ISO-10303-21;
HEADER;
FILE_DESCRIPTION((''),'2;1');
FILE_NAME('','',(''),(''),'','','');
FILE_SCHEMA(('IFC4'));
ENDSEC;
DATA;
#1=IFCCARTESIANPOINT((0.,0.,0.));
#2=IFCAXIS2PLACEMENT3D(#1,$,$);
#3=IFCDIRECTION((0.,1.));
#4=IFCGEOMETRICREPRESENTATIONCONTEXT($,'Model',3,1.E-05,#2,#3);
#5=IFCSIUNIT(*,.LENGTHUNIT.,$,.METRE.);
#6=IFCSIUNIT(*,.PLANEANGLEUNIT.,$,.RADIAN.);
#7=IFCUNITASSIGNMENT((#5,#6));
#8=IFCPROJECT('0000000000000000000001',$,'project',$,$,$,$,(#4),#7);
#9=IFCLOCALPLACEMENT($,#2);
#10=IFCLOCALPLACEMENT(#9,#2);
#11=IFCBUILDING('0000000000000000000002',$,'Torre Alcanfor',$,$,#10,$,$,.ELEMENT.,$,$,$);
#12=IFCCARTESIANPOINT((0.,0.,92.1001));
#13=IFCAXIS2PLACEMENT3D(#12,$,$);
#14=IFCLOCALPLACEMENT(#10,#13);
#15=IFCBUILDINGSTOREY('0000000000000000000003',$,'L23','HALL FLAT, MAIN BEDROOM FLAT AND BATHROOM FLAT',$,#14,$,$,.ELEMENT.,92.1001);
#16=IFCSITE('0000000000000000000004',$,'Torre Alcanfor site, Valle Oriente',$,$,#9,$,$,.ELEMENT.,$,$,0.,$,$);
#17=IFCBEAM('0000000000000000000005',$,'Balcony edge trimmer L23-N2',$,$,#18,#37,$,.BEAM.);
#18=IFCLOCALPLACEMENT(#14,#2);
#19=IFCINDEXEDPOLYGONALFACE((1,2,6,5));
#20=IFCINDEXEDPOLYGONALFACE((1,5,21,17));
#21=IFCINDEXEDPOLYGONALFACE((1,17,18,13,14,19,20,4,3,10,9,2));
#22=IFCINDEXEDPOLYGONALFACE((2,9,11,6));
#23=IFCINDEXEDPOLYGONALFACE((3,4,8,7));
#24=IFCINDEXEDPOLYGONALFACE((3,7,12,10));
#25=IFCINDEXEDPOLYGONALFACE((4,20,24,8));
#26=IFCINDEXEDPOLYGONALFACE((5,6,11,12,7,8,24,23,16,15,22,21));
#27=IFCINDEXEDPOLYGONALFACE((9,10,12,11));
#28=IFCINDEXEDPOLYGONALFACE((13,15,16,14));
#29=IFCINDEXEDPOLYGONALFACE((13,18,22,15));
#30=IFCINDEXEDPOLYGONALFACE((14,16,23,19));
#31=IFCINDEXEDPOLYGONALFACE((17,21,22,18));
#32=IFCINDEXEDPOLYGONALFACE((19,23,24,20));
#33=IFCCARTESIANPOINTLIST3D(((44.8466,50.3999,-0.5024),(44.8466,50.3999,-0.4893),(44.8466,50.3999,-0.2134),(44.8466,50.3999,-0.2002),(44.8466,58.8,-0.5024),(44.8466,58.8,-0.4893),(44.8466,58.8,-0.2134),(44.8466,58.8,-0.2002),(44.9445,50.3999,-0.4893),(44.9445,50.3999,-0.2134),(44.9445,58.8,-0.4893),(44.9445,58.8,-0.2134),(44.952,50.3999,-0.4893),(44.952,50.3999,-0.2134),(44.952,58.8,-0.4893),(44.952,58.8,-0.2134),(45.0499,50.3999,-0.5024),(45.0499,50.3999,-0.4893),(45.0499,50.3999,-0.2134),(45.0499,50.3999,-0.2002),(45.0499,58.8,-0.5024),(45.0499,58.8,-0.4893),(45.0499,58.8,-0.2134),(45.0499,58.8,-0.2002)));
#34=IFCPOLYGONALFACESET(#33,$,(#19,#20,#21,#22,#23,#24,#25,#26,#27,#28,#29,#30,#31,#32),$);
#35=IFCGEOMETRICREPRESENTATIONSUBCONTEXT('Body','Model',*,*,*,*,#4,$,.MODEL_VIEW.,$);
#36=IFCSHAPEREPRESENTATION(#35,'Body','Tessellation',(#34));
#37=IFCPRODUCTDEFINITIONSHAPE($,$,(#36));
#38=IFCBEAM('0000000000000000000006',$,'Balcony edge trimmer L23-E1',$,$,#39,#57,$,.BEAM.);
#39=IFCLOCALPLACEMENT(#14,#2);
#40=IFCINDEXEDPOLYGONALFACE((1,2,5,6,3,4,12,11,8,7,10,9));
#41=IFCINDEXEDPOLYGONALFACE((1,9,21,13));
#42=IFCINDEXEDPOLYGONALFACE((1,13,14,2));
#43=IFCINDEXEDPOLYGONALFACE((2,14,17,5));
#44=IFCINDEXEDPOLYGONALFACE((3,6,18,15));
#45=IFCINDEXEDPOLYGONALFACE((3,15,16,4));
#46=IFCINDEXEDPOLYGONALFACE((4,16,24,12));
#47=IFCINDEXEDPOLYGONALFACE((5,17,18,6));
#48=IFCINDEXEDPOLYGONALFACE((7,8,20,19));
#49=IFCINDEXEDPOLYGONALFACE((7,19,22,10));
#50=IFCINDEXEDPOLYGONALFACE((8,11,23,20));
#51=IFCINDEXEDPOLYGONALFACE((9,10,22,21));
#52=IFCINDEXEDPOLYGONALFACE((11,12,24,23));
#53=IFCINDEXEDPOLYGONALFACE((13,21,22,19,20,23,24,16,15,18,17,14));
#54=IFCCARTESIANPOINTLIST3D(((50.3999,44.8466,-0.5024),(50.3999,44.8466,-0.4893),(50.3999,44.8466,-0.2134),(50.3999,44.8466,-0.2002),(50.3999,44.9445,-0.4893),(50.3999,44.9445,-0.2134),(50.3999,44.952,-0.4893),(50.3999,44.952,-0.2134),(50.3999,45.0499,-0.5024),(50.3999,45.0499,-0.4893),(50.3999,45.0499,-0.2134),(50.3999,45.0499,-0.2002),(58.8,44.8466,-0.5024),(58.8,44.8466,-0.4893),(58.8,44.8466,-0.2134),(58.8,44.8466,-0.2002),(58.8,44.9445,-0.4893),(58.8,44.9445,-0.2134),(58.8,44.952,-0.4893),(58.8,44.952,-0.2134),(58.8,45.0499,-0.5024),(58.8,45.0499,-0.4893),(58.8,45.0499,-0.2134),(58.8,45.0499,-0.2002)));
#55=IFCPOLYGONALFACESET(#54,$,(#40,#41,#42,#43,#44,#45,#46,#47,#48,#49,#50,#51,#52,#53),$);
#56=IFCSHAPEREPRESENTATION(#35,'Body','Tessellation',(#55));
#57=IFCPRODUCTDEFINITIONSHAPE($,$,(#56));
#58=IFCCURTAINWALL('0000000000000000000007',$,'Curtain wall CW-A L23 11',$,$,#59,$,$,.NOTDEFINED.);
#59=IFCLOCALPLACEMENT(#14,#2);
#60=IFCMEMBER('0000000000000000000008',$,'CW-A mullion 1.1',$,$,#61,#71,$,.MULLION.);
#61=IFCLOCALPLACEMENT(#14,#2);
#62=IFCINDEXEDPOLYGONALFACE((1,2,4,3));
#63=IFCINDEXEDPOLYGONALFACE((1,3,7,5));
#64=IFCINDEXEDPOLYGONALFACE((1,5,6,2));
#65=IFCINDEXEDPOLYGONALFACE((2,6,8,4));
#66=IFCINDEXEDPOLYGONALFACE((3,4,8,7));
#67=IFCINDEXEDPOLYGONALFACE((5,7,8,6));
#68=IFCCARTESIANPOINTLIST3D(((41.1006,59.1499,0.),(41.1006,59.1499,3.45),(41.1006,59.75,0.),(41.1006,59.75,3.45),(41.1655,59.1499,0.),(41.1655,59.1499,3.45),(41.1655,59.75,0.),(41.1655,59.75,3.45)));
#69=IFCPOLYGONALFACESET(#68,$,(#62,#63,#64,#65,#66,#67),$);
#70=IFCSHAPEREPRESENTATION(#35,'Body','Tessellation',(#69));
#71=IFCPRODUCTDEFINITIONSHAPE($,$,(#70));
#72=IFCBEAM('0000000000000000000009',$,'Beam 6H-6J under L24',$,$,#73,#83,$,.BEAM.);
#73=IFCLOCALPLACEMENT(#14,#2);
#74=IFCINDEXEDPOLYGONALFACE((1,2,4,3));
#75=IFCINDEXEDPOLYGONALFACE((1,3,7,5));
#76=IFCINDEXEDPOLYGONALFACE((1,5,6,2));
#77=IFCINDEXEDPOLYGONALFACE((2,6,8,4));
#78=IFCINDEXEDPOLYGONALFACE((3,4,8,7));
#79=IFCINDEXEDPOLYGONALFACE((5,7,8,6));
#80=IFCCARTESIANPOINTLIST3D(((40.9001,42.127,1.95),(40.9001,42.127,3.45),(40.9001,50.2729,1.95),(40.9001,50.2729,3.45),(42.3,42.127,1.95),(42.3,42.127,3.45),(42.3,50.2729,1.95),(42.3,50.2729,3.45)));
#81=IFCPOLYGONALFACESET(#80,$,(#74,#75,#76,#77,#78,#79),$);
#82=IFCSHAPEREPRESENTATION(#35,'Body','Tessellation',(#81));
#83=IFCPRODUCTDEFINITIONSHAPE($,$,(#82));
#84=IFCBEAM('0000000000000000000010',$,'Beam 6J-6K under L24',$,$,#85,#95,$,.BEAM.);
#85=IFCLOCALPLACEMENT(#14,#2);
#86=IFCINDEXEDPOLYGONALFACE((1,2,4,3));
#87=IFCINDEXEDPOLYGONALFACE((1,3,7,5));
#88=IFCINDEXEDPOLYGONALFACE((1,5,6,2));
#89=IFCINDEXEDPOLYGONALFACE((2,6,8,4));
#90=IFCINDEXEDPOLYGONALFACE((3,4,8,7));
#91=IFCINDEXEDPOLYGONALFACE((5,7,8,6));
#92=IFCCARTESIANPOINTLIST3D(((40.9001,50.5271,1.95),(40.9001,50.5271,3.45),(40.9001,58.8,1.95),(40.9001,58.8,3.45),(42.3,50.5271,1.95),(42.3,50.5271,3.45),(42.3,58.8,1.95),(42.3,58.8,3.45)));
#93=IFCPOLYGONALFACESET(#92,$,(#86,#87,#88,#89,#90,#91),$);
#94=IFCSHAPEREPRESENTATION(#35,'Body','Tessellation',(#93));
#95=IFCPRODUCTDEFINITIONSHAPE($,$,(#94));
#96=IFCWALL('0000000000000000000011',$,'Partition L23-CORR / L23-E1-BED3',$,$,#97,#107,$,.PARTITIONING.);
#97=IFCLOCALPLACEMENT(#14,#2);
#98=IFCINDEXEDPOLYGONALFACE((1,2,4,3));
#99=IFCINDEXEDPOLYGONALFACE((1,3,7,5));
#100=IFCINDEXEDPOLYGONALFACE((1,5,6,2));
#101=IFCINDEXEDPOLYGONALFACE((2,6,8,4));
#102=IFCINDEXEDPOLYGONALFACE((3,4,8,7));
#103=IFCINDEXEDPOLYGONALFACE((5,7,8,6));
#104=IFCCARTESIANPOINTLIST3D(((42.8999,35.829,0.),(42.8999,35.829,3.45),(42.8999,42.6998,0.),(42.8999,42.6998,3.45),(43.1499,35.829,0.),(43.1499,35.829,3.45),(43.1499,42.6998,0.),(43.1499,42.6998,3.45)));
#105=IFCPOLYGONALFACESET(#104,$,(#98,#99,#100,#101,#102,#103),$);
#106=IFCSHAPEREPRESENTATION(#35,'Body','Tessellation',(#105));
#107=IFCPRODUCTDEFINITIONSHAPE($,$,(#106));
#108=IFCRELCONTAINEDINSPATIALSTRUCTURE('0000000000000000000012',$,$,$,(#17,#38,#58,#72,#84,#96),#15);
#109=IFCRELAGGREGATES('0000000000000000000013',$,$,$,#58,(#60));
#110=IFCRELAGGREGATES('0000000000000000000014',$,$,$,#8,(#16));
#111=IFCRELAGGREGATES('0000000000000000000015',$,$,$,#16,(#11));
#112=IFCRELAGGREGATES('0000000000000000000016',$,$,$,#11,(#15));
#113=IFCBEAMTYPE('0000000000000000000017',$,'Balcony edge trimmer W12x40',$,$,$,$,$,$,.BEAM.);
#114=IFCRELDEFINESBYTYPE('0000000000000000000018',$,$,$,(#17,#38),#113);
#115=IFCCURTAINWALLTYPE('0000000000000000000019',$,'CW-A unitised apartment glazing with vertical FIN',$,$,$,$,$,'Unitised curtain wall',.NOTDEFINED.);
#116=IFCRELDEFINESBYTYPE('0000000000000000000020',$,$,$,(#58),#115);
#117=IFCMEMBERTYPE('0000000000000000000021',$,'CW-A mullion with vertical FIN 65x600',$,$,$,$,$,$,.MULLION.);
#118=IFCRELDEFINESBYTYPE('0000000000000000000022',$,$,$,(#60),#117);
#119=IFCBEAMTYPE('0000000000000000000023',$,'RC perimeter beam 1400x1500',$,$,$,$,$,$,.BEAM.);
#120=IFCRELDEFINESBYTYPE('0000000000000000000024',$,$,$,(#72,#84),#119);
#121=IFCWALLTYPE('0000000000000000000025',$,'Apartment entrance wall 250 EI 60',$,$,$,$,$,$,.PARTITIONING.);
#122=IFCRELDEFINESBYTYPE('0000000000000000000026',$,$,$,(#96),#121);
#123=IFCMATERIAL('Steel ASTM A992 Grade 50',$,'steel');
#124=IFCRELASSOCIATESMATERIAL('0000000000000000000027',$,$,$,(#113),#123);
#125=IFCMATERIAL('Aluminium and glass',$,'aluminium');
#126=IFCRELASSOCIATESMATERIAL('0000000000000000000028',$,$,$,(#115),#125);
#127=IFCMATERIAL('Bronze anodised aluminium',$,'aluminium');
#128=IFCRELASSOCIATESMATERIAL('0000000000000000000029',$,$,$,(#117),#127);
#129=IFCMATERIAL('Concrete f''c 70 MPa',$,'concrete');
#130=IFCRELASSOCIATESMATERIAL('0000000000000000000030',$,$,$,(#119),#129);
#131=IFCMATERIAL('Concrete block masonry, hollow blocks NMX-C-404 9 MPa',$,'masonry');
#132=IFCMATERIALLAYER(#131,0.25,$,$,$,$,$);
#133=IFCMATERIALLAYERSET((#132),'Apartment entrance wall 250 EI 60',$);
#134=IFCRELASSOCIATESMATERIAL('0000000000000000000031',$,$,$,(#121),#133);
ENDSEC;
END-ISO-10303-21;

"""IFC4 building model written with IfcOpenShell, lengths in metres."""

from ifc_helpers import new_model, si_unit, direction, frame, frame_2d, origin, origin_2d, place, context, subcontext, project, spatial, rectangle, i_section, extrude, material, layer, layer_set, material_profile, profile_set, type_object, element, aggregate, save


model = new_model("IFC4")

# Units and contexts
model_context = context("Model", 3, precision=1e-05, world=origin(), true_north=direction((0.0, 1.0)))
body_context = subcontext(model_context, "Body", "Model", "MODEL_VIEW")
ifc_project = project(units=[si_unit("LENGTHUNIT", "METRE"), si_unit("PLANEANGLEUNIT", "RADIAN")], contexts=[model_context])

# Site, building, storey
site_placement = place(None, origin())
site = spatial("IfcSite", under=ifc_project, at=site_placement, Name="Torre Alcanfor site, Valle Oriente", CompositionType="ELEMENT", RefElevation=0.0)
building_placement = place(site_placement, origin())
building = spatial("IfcBuilding", under=site, at=building_placement, Name="Torre Alcanfor", CompositionType="ELEMENT")
storey_placement = place(building_placement, frame((0.0, 0.0, 92.1001)))
storey = spatial("IfcBuildingStorey", under=building, at=storey_placement, Name="L23", Description="HALL FLAT, MAIN BEDROOM FLAT AND BATHROOM FLAT", CompositionType="ELEMENT", Elevation=92.1001)

# Beams
ifc_material_1 = material(Name="Steel ASTM A992 Grade 50", Category="steel")
ifc_material_profile_1 = material_profile(ifc_material_1, i_section(OverallWidth=0.2034, OverallDepth=0.3022, WebThickness=0.0076, FlangeThickness=0.0132, at=origin_2d()), Name="W12x40")
ifc_profile_set_1 = profile_set([ifc_material_profile_1], Name="Steel ASTM A992 Grade 50")
beam_type_1 = type_object("IfcBeamType", Name="Balcony edge trimmer W12x40", PredefinedType="BEAM", material=ifc_profile_set_1)
for number, where, z_axis, x_axis, name in (
    (1, (44.9482, 50.3999, -0.3513), (0.0, 1.0, 0.0), (-1.0, 0.0, 0.0), "Balcony edge trimmer L23-N2"),
    (2, (50.3999, 44.9482, -0.3513), (1.0, 0.0, 0.0), (0.0, 1.0, 0.0), "Balcony edge trimmer L23-E1"),
):
    element("IfcBeam", number, at=place(storey_placement, frame(where, z_axis=z_axis, x_axis=x_axis)), inside=storey, type_object=beam_type_1, Name=name, PredefinedType="BEAM", context=body_context, shape_type="SweptSolid", body=[
        extrude(i_section(OverallWidth=0.2034, OverallDepth=0.3022, WebThickness=0.0076, FlangeThickness=0.0132, at=origin_2d()), origin(), (0.0, 0.0, 1.0), 8.4001),
    ])

# Curtain wall, member
ifc_material_2 = material(Name="Aluminium and glass", Category="aluminium")
curtain_wall_type = type_object("IfcCurtainWallType", Name="CW-A unitised apartment glazing with vertical FIN", ElementType="Unitised curtain wall", PredefinedType="NOTDEFINED", material=ifc_material_2)
curtain_wall_placement = place(storey_placement, origin())
curtain_wall = element("IfcCurtainWall", 3, at=curtain_wall_placement, inside=storey, type_object=curtain_wall_type, Name="Curtain wall CW-A L23 11", PredefinedType="NOTDEFINED")
ifc_material_3 = material(Name="Bronze anodised aluminium", Category="aluminium")
ifc_material_profile_2 = material_profile(ifc_material_3, rectangle(XDim=0.6001, YDim=0.0649, at=origin_2d()), Name="CW-A mullion 65x600")
ifc_profile_set_2 = profile_set([ifc_material_profile_2], Name="Bronze anodised aluminium")
member_type = type_object("IfcMemberType", Name="CW-A mullion with vertical FIN 65x600", PredefinedType="MULLION", material=ifc_profile_set_2)
member_placement = place(storey_placement, frame((41.1331, 59.45, 0.0), z_axis=(0.0, 0.0, 1.0), x_axis=(0.0, -1.0, 0.0)))
member = element("IfcMember", 4, at=member_placement, type_object=member_type, Name="CW-A mullion 1.1", PredefinedType="MULLION", context=body_context, shape_type="SweptSolid", body=[
    extrude(rectangle(XDim=0.6001, YDim=0.0649, at=origin_2d()), origin(), (0.0, 0.0, 1.0), 3.45),
])
aggregate(curtain_wall, [member])

# Beams
ifc_material_4 = material(Name="Concrete f'c 70 MPa", Category="concrete")
ifc_material_profile_3 = material_profile(ifc_material_4, rectangle(XDim=1.3999, YDim=1.5, at=origin_2d()), Name="1400x1500")
ifc_profile_set_3 = profile_set([ifc_material_profile_3], Name="Concrete f'c 70 MPa")
beam_type_2 = type_object("IfcBeamType", Name="RC perimeter beam 1400x1500", PredefinedType="BEAM", material=ifc_profile_set_3)
beam_1_placement = place(storey_placement, frame((41.6001, 42.127, 2.7), z_axis=(0.0, 1.0, 0.0), x_axis=(-1.0, 0.0, 0.0)))
element("IfcBeam", 5, at=beam_1_placement, inside=storey, type_object=beam_type_2, Name="Beam 6H-6J under L24", PredefinedType="BEAM", context=body_context, shape_type="SweptSolid", body=[
    extrude(rectangle(XDim=1.3999, YDim=1.5, at=origin_2d()), origin(), (0.0, 0.0, 1.0), 8.146),
])
beam_2_placement = place(storey_placement, frame((41.6001, 50.5271, 2.7), z_axis=(0.0, 1.0, 0.0), x_axis=(-1.0, 0.0, 0.0)))
element("IfcBeam", 6, at=beam_2_placement, inside=storey, type_object=beam_type_2, Name="Beam 6J-6K under L24", PredefinedType="BEAM", context=body_context, shape_type="SweptSolid", body=[
    extrude(rectangle(XDim=1.3999, YDim=1.5, at=origin_2d()), origin(), (0.0, 0.0, 1.0), 8.2729),
])

# Wall
ifc_material_5 = material(Name="Concrete block masonry, hollow blocks NMX-C-404 9 MPa", Category="masonry")
ifc_layer_1 = layer(ifc_material_5, 0.25)
ifc_layer_set_1 = layer_set([ifc_layer_1], Name="Apartment entrance wall 250 EI 60")
wall_type_1 = type_object("IfcWallType", Name="Apartment entrance wall 250 EI 60", PredefinedType="PARTITIONING", material=ifc_layer_set_1)
wall_1_placement = place(storey_placement, frame((43.0249, 42.7, 0.0), z_axis=(0.0, 0.0, 1.0), x_axis=(0.0, -1.0, 0.0)))
element("IfcWall", 7, at=wall_1_placement, inside=storey, type_object=wall_type_1, Name="Partition L23-CORR / L23-E1-BED3", PredefinedType="PARTITIONING", context=body_context, shape_type="SweptSolid", body=[
    extrude(rectangle(XDim=6.8708, YDim=0.25, at=frame_2d((3.4355, 0.0))), origin(), (0.0, 0.0, 1.0), 3.45),
])

save(model, "model.ifc")
